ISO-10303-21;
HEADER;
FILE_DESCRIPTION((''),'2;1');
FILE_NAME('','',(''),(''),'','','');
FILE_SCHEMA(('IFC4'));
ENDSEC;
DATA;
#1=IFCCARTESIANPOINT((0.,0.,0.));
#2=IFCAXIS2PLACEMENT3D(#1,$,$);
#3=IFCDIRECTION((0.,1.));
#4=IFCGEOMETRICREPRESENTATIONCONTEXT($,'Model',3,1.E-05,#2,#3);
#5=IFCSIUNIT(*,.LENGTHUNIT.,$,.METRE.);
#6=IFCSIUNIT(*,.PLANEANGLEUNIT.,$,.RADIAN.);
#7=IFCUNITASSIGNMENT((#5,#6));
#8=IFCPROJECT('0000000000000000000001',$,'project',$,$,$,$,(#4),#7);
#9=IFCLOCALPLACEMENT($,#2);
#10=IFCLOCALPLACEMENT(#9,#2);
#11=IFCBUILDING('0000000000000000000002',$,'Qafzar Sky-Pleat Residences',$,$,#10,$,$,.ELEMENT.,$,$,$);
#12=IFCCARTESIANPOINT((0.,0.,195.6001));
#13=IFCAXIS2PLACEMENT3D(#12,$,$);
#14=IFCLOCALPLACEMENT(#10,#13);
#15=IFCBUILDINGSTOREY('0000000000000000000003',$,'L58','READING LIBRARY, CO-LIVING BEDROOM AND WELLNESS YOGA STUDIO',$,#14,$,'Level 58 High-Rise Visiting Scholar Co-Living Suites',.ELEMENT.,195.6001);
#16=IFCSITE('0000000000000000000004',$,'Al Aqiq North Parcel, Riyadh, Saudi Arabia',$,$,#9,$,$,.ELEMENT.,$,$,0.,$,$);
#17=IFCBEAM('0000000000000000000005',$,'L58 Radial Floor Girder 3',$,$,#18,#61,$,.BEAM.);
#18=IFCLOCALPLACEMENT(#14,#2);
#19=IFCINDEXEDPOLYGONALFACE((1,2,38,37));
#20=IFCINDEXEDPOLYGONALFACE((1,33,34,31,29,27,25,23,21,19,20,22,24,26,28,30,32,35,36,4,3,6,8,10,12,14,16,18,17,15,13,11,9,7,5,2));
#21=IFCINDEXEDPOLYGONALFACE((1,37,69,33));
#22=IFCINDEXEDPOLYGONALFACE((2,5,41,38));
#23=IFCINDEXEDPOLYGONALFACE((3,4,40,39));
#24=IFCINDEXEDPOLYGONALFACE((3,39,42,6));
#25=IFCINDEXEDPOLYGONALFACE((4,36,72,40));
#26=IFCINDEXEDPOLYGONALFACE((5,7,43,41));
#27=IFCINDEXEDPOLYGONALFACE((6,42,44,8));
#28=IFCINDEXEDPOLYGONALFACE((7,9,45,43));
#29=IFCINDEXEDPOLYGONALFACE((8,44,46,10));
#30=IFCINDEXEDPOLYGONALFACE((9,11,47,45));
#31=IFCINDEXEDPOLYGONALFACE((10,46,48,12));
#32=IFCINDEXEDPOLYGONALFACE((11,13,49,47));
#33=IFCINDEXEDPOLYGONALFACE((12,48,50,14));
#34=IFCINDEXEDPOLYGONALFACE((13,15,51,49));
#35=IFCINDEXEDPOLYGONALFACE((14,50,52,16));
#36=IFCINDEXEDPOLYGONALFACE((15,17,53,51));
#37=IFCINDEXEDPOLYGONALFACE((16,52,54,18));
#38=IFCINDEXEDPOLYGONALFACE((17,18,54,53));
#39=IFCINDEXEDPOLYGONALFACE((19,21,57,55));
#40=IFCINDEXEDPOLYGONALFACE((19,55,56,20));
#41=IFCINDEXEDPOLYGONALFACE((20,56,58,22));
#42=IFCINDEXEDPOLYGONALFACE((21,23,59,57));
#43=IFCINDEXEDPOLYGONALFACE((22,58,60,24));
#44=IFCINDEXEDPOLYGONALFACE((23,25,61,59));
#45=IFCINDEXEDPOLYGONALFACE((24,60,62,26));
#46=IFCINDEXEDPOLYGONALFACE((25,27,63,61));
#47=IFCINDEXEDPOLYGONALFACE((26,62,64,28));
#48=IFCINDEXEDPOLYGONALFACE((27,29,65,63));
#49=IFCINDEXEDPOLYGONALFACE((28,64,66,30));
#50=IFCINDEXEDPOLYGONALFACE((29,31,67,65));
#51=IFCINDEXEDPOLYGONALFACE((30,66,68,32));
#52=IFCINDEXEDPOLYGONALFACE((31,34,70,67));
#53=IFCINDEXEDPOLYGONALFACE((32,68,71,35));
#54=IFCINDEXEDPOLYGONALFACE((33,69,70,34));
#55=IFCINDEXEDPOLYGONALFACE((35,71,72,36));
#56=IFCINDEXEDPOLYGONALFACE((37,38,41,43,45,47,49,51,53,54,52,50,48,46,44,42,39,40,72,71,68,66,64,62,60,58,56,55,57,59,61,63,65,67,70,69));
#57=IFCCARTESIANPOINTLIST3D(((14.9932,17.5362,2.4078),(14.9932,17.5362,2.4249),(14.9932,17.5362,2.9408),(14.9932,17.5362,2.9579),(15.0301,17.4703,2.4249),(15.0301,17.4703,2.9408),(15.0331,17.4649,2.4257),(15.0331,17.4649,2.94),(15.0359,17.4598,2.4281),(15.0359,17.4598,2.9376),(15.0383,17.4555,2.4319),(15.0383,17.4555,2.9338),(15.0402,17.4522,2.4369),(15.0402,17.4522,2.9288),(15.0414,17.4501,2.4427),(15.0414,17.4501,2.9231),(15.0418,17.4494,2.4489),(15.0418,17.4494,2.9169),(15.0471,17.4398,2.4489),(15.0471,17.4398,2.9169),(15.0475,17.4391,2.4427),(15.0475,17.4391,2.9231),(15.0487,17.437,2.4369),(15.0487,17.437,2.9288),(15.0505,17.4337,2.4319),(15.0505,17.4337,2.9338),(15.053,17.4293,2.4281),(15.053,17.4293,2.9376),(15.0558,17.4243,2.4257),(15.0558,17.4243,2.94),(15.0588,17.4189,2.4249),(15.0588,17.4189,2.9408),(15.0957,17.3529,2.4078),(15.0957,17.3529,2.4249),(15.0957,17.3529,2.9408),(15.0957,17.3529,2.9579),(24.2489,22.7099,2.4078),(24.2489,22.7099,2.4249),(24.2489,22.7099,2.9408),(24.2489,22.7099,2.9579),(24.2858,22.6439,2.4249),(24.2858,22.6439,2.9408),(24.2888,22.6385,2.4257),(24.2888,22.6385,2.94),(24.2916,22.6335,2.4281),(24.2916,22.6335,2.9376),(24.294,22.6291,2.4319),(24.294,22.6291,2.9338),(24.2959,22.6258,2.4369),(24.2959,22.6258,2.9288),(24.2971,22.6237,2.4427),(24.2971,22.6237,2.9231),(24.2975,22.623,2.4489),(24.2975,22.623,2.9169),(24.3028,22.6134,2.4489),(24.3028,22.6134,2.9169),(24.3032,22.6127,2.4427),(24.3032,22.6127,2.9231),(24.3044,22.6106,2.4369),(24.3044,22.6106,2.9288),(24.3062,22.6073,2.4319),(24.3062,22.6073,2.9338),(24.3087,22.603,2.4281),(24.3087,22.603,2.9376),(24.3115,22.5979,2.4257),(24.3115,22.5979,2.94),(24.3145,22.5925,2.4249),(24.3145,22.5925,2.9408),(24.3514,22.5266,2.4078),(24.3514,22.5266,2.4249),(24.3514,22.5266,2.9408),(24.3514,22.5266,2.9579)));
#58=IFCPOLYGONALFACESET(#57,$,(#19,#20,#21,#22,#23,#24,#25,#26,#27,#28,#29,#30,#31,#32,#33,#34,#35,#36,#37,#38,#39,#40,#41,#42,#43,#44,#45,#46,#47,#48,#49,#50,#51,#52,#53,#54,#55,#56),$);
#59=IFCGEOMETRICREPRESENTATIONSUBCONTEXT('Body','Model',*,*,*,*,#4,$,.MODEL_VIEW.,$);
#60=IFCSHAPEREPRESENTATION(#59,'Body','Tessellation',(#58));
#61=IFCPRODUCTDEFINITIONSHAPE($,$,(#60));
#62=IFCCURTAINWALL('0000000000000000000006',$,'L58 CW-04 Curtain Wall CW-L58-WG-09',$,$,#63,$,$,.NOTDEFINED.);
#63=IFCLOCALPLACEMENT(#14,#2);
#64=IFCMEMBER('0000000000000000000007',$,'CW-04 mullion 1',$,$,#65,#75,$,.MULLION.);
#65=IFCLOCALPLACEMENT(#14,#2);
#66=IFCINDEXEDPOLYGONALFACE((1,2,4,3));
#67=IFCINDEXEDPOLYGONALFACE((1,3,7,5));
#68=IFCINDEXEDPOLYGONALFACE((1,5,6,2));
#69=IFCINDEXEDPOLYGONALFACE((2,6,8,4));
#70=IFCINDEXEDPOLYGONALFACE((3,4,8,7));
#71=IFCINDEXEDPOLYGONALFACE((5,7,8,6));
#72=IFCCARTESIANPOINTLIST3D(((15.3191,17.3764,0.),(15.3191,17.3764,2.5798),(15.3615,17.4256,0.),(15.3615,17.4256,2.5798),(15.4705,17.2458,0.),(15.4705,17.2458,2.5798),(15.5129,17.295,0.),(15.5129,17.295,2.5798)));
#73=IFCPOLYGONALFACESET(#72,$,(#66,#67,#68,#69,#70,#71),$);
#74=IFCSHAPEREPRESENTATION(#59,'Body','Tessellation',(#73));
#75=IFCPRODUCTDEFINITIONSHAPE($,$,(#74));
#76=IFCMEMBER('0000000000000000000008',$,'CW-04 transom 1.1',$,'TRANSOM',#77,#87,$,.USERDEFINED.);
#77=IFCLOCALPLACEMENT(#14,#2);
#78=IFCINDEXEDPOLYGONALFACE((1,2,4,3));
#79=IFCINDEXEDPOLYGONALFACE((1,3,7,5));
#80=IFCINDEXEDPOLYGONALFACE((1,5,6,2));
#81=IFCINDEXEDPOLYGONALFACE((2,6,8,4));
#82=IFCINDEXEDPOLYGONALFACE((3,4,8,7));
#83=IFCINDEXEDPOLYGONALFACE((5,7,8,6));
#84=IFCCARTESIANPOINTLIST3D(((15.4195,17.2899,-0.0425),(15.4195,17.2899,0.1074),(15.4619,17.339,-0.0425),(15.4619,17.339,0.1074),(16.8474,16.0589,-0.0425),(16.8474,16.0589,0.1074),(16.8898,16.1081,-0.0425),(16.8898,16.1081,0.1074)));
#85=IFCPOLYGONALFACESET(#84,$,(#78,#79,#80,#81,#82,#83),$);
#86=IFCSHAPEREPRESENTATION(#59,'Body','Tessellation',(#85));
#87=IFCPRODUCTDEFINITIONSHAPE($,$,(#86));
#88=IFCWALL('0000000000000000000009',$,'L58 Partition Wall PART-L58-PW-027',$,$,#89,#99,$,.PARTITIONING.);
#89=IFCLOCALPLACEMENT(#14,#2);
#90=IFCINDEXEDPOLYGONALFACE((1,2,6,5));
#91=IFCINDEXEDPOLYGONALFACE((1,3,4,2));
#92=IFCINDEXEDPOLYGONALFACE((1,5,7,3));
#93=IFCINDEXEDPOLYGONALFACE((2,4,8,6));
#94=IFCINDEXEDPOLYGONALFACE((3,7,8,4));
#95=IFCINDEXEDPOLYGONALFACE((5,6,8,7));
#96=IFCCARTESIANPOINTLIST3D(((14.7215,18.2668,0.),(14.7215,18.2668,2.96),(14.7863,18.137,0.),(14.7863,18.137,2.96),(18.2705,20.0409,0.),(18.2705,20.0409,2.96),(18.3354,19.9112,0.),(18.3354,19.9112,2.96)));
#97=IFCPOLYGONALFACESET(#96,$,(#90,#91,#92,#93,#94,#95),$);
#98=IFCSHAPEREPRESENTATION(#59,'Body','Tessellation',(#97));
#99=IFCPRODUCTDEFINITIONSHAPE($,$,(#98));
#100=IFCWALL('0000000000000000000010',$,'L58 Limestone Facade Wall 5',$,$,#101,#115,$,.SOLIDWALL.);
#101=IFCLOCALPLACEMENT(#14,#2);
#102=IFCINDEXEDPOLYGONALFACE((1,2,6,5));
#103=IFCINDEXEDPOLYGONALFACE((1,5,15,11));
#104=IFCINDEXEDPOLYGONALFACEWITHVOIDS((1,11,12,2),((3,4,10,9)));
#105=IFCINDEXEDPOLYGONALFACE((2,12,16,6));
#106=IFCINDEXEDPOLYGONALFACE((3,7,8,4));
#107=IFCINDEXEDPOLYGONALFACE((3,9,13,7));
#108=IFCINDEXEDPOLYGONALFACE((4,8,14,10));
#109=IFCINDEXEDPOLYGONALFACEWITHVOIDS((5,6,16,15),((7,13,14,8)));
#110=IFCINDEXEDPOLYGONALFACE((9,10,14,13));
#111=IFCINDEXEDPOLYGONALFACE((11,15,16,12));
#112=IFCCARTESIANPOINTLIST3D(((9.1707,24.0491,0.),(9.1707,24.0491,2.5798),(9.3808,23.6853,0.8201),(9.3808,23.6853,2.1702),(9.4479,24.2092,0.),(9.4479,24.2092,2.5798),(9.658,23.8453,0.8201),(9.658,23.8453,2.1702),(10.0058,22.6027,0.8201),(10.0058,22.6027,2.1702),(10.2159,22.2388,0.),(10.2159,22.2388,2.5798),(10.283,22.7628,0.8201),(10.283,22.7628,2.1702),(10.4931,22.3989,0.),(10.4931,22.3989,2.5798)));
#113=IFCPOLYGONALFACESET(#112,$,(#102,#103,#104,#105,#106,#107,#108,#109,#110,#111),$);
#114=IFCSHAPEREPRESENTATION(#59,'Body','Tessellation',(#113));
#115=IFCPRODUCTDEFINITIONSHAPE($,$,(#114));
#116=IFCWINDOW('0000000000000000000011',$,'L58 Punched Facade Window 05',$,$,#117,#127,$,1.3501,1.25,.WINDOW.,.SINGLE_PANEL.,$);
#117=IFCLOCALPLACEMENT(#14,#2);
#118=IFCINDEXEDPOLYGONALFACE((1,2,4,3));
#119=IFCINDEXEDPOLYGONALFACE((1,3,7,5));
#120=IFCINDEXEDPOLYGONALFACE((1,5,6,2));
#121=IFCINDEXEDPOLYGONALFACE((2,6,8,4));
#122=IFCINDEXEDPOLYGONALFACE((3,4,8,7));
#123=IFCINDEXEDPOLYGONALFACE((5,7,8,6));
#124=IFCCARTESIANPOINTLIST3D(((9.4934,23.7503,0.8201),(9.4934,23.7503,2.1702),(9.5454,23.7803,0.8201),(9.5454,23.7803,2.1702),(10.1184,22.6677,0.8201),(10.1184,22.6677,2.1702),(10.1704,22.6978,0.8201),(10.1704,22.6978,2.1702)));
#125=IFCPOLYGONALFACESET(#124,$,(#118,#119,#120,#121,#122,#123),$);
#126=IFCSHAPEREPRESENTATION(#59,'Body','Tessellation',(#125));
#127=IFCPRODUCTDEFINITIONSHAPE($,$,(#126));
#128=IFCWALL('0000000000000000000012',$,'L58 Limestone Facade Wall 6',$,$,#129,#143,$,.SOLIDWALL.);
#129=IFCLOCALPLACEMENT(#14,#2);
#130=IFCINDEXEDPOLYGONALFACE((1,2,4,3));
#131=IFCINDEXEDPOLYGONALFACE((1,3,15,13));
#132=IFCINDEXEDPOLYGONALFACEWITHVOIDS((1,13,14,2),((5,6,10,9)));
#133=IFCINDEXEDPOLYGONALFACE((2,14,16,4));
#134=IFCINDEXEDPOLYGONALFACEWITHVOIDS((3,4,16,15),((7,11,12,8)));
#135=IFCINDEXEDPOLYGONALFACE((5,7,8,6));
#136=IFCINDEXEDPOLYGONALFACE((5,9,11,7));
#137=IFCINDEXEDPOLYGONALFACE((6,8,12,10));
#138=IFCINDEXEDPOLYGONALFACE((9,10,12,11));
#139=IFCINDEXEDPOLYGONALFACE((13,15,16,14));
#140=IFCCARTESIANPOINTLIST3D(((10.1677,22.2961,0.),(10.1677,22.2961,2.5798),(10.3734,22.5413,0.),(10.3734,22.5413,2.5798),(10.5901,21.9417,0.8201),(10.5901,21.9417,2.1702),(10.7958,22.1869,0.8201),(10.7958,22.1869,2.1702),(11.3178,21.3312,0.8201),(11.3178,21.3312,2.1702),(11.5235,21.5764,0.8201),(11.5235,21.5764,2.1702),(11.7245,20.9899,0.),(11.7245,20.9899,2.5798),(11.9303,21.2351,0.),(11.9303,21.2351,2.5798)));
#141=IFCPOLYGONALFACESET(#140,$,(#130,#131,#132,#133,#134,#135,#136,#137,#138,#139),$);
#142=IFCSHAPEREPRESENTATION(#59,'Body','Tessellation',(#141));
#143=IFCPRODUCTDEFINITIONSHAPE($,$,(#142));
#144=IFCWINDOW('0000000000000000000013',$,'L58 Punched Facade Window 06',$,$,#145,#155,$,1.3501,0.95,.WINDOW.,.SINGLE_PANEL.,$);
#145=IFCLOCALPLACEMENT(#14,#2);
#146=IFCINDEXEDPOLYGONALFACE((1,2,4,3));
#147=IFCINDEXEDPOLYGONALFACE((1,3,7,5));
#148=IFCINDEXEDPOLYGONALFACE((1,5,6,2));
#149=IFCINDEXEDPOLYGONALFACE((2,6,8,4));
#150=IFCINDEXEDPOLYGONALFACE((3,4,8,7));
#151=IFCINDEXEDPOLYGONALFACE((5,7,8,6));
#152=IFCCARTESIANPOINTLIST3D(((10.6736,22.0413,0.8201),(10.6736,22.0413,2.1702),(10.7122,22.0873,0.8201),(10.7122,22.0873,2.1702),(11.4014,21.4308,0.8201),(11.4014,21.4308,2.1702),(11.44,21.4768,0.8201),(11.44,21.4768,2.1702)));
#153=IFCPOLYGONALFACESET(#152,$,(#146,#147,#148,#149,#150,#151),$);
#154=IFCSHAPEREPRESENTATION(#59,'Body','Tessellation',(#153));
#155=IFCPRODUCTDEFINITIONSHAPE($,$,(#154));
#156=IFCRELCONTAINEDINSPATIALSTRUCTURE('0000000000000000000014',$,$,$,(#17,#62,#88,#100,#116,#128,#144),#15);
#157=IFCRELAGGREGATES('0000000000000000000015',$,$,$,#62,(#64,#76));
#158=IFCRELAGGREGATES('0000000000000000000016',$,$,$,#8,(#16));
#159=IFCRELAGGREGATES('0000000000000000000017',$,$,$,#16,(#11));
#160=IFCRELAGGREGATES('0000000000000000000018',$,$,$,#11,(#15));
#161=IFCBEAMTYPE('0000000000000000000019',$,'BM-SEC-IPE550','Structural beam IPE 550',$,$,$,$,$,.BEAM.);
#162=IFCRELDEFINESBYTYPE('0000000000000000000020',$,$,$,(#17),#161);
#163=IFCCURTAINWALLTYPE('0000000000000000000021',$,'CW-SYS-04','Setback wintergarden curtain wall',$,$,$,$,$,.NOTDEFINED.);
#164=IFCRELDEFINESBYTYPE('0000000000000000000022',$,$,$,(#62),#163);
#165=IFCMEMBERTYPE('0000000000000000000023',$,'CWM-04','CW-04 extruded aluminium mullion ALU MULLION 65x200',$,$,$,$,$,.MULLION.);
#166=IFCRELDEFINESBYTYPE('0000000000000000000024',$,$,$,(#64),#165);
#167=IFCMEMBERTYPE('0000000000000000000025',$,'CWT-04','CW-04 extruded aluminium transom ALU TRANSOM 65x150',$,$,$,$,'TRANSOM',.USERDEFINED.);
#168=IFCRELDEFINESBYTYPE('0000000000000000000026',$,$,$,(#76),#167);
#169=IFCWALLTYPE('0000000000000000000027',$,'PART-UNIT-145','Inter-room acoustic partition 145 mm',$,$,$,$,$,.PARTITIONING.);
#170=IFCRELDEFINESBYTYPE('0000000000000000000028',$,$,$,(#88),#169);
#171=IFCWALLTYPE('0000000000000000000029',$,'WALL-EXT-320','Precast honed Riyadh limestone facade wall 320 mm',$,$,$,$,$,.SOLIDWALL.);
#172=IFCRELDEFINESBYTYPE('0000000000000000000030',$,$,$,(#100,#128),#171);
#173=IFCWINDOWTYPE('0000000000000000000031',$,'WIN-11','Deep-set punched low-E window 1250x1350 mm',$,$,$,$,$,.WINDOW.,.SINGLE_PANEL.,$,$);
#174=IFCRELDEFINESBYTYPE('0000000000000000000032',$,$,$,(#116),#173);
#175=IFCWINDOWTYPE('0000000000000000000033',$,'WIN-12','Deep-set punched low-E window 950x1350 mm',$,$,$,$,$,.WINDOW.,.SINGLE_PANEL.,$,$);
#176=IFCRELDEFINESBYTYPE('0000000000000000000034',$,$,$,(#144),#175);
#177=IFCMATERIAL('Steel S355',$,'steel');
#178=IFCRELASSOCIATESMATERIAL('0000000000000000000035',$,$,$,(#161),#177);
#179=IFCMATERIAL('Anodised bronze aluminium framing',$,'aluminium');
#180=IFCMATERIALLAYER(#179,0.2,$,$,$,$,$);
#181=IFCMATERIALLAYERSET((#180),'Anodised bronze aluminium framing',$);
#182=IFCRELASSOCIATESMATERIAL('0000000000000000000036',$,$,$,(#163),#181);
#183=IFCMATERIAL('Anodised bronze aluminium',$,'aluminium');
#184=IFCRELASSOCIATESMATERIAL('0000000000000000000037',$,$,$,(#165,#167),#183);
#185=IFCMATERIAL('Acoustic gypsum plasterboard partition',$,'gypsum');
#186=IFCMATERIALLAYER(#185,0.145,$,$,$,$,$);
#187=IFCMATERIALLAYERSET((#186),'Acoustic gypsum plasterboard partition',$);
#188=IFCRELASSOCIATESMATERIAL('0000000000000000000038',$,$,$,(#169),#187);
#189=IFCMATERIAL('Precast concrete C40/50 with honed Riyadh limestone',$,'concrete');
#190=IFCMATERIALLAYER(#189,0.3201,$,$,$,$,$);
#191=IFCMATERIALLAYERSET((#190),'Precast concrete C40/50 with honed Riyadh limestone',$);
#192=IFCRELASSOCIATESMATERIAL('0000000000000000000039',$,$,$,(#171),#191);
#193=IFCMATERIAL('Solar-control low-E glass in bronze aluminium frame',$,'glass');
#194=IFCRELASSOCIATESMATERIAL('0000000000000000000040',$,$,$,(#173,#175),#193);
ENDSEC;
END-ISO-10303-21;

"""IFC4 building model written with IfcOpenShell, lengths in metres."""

from ifc_helpers import new_model, si_unit, direction, frame, frame_2d, origin, origin_2d, place, context, subcontext, project, spatial, rectangle, i_section, extrude, source, transform, mapped, material, layer, layer_set, material_profile, profile_set, type_object, element, fill, aggregate, save


model = new_model("IFC4")

# Units and contexts
model_context = context("Model", 3, precision=1e-05, world=origin(), true_north=direction((0.0, 1.0)))
body_context = subcontext(model_context, "Body", "Model", "MODEL_VIEW")
ifc_project = project(units=[si_unit("LENGTHUNIT", "METRE"), si_unit("PLANEANGLEUNIT", "RADIAN")], contexts=[model_context])

# Site, building, storey
site_placement = place(None, origin())
site = spatial("IfcSite", under=ifc_project, at=site_placement, Name="Al Aqiq North Parcel, Riyadh, Saudi Arabia", CompositionType="ELEMENT", RefElevation=0.0)
building_placement = place(site_placement, origin())
building = spatial("IfcBuilding", under=site, at=building_placement, Name="Qafzar Sky-Pleat Residences", CompositionType="ELEMENT")
storey_placement = place(building_placement, frame((0.0, 0.0, 195.6001)))
storey = spatial("IfcBuildingStorey", under=building, at=storey_placement, Name="L58", Description="READING LIBRARY, CO-LIVING BEDROOM AND WELLNESS YOGA STUDIO", LongName="Level 58 High-Rise Visiting Scholar Co-Living Suites", CompositionType="ELEMENT", Elevation=195.6001)

# Shared definitions
ifc_material_1 = material(Name="Steel S355", Category="steel")

# Beam
ifc_material_profile_1 = material_profile(ifc_material_1, i_section(OverallWidth=0.21, OverallDepth=0.55, WebThickness=0.011, FlangeThickness=0.0171, FilletRadius=0.0239, at=origin_2d()), Name="IPE 550")
ifc_profile_set_1 = profile_set([ifc_material_profile_1], Name="Steel S355")
beam_type_1 = type_object("IfcBeamType", Name="BM-SEC-IPE550", Description="Structural beam IPE 550", PredefinedType="BEAM", material=ifc_profile_set_1)
shared_shape_1 = source(origin(), body_context, "Body", "SweptSolid", [
    extrude(i_section(OverallWidth=0.21, OverallDepth=0.55, WebThickness=0.011, FlangeThickness=0.0171, FilletRadius=0.0239, at=origin_2d()), origin(), (0.0, 0.0, 1.0), 10.6035),
])
beam_1_placement = place(storey_placement, frame((15.0444, 17.4446, 2.6829), z_axis=(0.87289, 0.487917, 0.0), x_axis=(-0.487917, 0.87289, 0.0)))
element("IfcBeam", 1, at=beam_1_placement, inside=storey, type_object=beam_type_1, Name="L58 Radial Floor Girder 3", PredefinedType="BEAM", context=body_context, shape_type="MappedRepresentation", body=[
    mapped(shared_shape_1, transform((0.0, 0.0, 0.0), x_axis=(1.0, 0.0, 0.0), y_axis=(0.0, 1.0, 0.0), z_axis=(0.0, 0.0, 1.0), scale=1.0)),
])

# Curtain wall, members
ifc_material_2 = material(Name="Anodised bronze aluminium framing", Category="aluminium")
ifc_layer_1 = layer(ifc_material_2, 0.2)
ifc_layer_set_1 = layer_set([ifc_layer_1], Name="Anodised bronze aluminium framing")
curtain_wall_type = type_object("IfcCurtainWallType", Name="CW-SYS-04", Description="Setback wintergarden curtain wall", PredefinedType="NOTDEFINED", material=ifc_layer_set_1)
curtain_wall_placement = place(storey_placement, origin())
curtain_wall = element("IfcCurtainWall", 2, at=curtain_wall_placement, inside=storey, type_object=curtain_wall_type, Name="L58 CW-04 Curtain Wall CW-L58-WG-09", PredefinedType="NOTDEFINED")
ifc_material_3 = material(Name="Anodised bronze aluminium", Category="aluminium")
ifc_material_profile_2 = material_profile(ifc_material_3, rectangle(XDim=0.0649, YDim=0.2, at=origin_2d()), Name="ALU MULLION 65x200")
ifc_profile_set_2 = profile_set([ifc_material_profile_2], Name="Anodised bronze aluminium")
member_type_1 = type_object("IfcMemberType", Name="CWM-04", Description="CW-04 extruded aluminium mullion ALU MULLION 65x200", PredefinedType="MULLION", material=ifc_profile_set_2)
shared_shape_2 = source(origin(), body_context, "Body", "SweptSolid", [
    extrude(rectangle(XDim=0.0649, YDim=0.2, at=origin_2d()), origin(), (0.0, 0.0, 1.0), 2.5798),
])
member_1_placement = place(storey_placement, frame((15.416, 17.3357, 0.0), z_axis=(0.0, 0.0, 1.0), x_axis=(0.652873, 0.757467, 0.0)))
member_1 = element("IfcMember", 3, at=member_1_placement, type_object=member_type_1, Name="CW-04 mullion 1", PredefinedType="MULLION", context=body_context, shape_type="MappedRepresentation", body=[
    mapped(shared_shape_2, transform((0.0, 0.0, 0.0), x_axis=(1.0, 0.0, 0.0), y_axis=(0.0, 1.0, 0.0), z_axis=(0.0, 0.0, 1.0), scale=1.0)),
])
ifc_material_profile_3 = material_profile(ifc_material_3, rectangle(XDim=0.0649, YDim=0.1499, at=origin_2d()), Name="ALU TRANSOM 65x150")
ifc_profile_set_3 = profile_set([ifc_material_profile_3], Name="Anodised bronze aluminium")
member_type_2 = type_object("IfcMemberType", Name="CWT-04", Description="CW-04 extruded aluminium transom ALU TRANSOM 65x150", ElementType="TRANSOM", PredefinedType="USERDEFINED", material=ifc_profile_set_3)
shared_shape_3 = source(origin(), body_context, "Body", "SweptSolid", [
    extrude(rectangle(XDim=0.0649, YDim=0.1499, at=origin_2d()), origin(), (0.0, 0.0, 1.0), 1.8853),
])
member_2_placement = place(storey_placement, frame((15.4407, 17.3145, 0.0325), z_axis=(0.757425, -0.652922, 0.0), x_axis=(0.652922, 0.757425, 0.0)))
member_2 = element("IfcMember", 4, at=member_2_placement, type_object=member_type_2, Name="CW-04 transom 1.1", ObjectType="TRANSOM", PredefinedType="USERDEFINED", context=body_context, shape_type="MappedRepresentation", body=[
    mapped(shared_shape_3, transform((0.0, 0.0, 0.0), x_axis=(1.0, 0.0, 0.0), y_axis=(0.0, 1.0, 0.0), z_axis=(0.0, 0.0, 1.0), scale=1.0)),
])
aggregate(curtain_wall, [member_1, member_2])

# Wall
ifc_material_4 = material(Name="Acoustic gypsum plasterboard partition", Category="gypsum")
ifc_layer_2 = layer(ifc_material_4, 0.145)
ifc_layer_set_2 = layer_set([ifc_layer_2], Name="Acoustic gypsum plasterboard partition")
wall_type_1 = type_object("IfcWallType", Name="PART-UNIT-145", Description="Inter-room acoustic partition 145 mm", PredefinedType="PARTITIONING", material=ifc_layer_set_2)
wall_1_placement = place(storey_placement, frame((14.7539, 18.2019, 0.0), z_axis=(0.0, 0.0, 1.0), x_axis=(0.894464, 0.44714, 0.0)))
element("IfcWall", 5, at=wall_1_placement, inside=storey, type_object=wall_type_1, Name="L58 Partition Wall PART-L58-PW-027", PredefinedType="PARTITIONING", context=body_context, shape_type="SweptSolid", body=[
    extrude(rectangle(XDim=3.9678, YDim=0.145, at=frame_2d((1.9839, 0.0))), origin(), (0.0, 0.0, 1.0), 2.96),
])

# Walls, openings, windows
ifc_material_5 = material(Name="Precast concrete C40/50 with honed Riyadh limestone", Category="concrete")
ifc_layer_3 = layer(ifc_material_5, 0.3201)
ifc_layer_set_3 = layer_set([ifc_layer_3], Name="Precast concrete C40/50 with honed Riyadh limestone")
wall_type_2 = type_object("IfcWallType", Name="WALL-EXT-320", Description="Precast honed Riyadh limestone facade wall 320 mm", PredefinedType="SOLIDWALL", material=ifc_layer_set_3)
wall_2_placement = place(storey_placement, frame((9.3093, 24.1292, 0.0), z_axis=(0.0, 0.0, 1.0), x_axis=(0.499995, -0.866028, 0.0)))
wall_2 = element("IfcWall", 6, at=wall_2_placement, inside=storey, type_object=wall_type_2, Name="L58 Limestone Facade Wall 5", PredefinedType="SOLIDWALL", context=body_context, shape_type="SweptSolid", body=[
    extrude(rectangle(XDim=2.0903, YDim=0.3201, at=frame_2d((1.0452, 0.0))), origin(), (0.0, 0.0, 1.0), 2.5798),
])
opening_1_placement = place(wall_2_placement, frame((0.4202, 0.0, 0.8201)))
opening_1 = element("IfcOpeningElement", 7, at=opening_1_placement, cuts=wall_2, PredefinedType="OPENING", context=body_context, shape_type="SweptSolid", body=[
    extrude(rectangle(XDim=1.25, YDim=1.3501, at=frame_2d((0.625, 0.675))), frame((0.0, 0.1699, 0.0), z_axis=(0.0, -1.0, 0.0), x_axis=(1.0, 0.0, 0.0)), (0.0, 0.0, 1.0), 0.3401),
])
ifc_material_6 = material(Name="Solar-control low-E glass in bronze aluminium frame", Category="glass")
window_type_1 = type_object("IfcWindowType", Name="WIN-11", Description="Deep-set punched low-E window 1250x1350 mm", PartitioningType="SINGLE_PANEL", PredefinedType="WINDOW", material=ifc_material_6)
shared_shape_4 = source(origin(), body_context, "Body", "SweptSolid", [
    extrude(rectangle(XDim=1.25, YDim=1.3501, at=frame_2d((0.625, 0.675))), frame((0.0, 0.03, 0.0), z_axis=(0.0, -1.0, 0.0), x_axis=(1.0, 0.0, 0.0)), (0.0, 0.0, 1.0), 0.0601),
])
window_1_placement = place(opening_1_placement, origin())
window_1 = element("IfcWindow", 8, at=window_1_placement, inside=storey, type_object=window_type_1, Name="L58 Punched Facade Window 05", OverallHeight=1.3501, OverallWidth=1.25, PartitioningType="SINGLE_PANEL", PredefinedType="WINDOW", context=body_context, shape_type="MappedRepresentation", body=[
    mapped(shared_shape_4, transform((0.0, 0.0, 0.0), x_axis=(1.0, 0.0, 0.0), y_axis=(0.0, 1.0, 0.0), z_axis=(0.0, 0.0, 1.0), scale=1.0)),
])
fill(opening_1, window_1)
wall_3_placement = place(storey_placement, frame((10.2705, 22.4187, 0.0), z_axis=(0.0, 0.0, 1.0), x_axis=(0.7661, -0.642721, 0.0)))
wall_3 = element("IfcWall", 9, at=wall_3_placement, inside=storey, type_object=wall_type_2, Name="L58 Limestone Facade Wall 6", PredefinedType="SOLIDWALL", context=body_context, shape_type="SweptSolid", body=[
    extrude(rectangle(XDim=2.0322, YDim=0.3201, at=frame_2d((1.0161, 0.0))), origin(), (0.0, 0.0, 1.0), 2.5798),
])
opening_2_placement = place(wall_3_placement, frame((0.5513, 0.0, 0.8201)))
opening_2 = element("IfcOpeningElement", 10, at=opening_2_placement, cuts=wall_3, PredefinedType="OPENING", context=body_context, shape_type="SweptSolid", body=[
    extrude(rectangle(XDim=0.95, YDim=1.3501, at=frame_2d((0.4751, 0.675))), frame((0.0, 0.1699, 0.0), z_axis=(0.0, -1.0, 0.0), x_axis=(1.0, 0.0, 0.0)), (0.0, 0.0, 1.0), 0.3401),
])
window_type_2 = type_object("IfcWindowType", Name="WIN-12", Description="Deep-set punched low-E window 950x1350 mm", PartitioningType="SINGLE_PANEL", PredefinedType="WINDOW", material=ifc_material_6)
shared_shape_5 = source(origin(), body_context, "Body", "SweptSolid", [
    extrude(rectangle(XDim=0.95, YDim=1.3501, at=frame_2d((0.4751, 0.675))), frame((0.0, 0.03, 0.0), z_axis=(0.0, -1.0, 0.0), x_axis=(1.0, 0.0, 0.0)), (0.0, 0.0, 1.0), 0.0601),
])
window_2_placement = place(opening_2_placement, origin())
window_2 = element("IfcWindow", 11, at=window_2_placement, inside=storey, type_object=window_type_2, Name="L58 Punched Facade Window 06", OverallHeight=1.3501, OverallWidth=0.95, PartitioningType="SINGLE_PANEL", PredefinedType="WINDOW", context=body_context, shape_type="MappedRepresentation", body=[
    mapped(shared_shape_5, transform((0.0, 0.0, 0.0), x_axis=(1.0, 0.0, 0.0), y_axis=(0.0, 1.0, 0.0), z_axis=(0.0, 0.0, 1.0), scale=1.0)),
])
fill(opening_2, window_2)

save(model, "model.ifc")
